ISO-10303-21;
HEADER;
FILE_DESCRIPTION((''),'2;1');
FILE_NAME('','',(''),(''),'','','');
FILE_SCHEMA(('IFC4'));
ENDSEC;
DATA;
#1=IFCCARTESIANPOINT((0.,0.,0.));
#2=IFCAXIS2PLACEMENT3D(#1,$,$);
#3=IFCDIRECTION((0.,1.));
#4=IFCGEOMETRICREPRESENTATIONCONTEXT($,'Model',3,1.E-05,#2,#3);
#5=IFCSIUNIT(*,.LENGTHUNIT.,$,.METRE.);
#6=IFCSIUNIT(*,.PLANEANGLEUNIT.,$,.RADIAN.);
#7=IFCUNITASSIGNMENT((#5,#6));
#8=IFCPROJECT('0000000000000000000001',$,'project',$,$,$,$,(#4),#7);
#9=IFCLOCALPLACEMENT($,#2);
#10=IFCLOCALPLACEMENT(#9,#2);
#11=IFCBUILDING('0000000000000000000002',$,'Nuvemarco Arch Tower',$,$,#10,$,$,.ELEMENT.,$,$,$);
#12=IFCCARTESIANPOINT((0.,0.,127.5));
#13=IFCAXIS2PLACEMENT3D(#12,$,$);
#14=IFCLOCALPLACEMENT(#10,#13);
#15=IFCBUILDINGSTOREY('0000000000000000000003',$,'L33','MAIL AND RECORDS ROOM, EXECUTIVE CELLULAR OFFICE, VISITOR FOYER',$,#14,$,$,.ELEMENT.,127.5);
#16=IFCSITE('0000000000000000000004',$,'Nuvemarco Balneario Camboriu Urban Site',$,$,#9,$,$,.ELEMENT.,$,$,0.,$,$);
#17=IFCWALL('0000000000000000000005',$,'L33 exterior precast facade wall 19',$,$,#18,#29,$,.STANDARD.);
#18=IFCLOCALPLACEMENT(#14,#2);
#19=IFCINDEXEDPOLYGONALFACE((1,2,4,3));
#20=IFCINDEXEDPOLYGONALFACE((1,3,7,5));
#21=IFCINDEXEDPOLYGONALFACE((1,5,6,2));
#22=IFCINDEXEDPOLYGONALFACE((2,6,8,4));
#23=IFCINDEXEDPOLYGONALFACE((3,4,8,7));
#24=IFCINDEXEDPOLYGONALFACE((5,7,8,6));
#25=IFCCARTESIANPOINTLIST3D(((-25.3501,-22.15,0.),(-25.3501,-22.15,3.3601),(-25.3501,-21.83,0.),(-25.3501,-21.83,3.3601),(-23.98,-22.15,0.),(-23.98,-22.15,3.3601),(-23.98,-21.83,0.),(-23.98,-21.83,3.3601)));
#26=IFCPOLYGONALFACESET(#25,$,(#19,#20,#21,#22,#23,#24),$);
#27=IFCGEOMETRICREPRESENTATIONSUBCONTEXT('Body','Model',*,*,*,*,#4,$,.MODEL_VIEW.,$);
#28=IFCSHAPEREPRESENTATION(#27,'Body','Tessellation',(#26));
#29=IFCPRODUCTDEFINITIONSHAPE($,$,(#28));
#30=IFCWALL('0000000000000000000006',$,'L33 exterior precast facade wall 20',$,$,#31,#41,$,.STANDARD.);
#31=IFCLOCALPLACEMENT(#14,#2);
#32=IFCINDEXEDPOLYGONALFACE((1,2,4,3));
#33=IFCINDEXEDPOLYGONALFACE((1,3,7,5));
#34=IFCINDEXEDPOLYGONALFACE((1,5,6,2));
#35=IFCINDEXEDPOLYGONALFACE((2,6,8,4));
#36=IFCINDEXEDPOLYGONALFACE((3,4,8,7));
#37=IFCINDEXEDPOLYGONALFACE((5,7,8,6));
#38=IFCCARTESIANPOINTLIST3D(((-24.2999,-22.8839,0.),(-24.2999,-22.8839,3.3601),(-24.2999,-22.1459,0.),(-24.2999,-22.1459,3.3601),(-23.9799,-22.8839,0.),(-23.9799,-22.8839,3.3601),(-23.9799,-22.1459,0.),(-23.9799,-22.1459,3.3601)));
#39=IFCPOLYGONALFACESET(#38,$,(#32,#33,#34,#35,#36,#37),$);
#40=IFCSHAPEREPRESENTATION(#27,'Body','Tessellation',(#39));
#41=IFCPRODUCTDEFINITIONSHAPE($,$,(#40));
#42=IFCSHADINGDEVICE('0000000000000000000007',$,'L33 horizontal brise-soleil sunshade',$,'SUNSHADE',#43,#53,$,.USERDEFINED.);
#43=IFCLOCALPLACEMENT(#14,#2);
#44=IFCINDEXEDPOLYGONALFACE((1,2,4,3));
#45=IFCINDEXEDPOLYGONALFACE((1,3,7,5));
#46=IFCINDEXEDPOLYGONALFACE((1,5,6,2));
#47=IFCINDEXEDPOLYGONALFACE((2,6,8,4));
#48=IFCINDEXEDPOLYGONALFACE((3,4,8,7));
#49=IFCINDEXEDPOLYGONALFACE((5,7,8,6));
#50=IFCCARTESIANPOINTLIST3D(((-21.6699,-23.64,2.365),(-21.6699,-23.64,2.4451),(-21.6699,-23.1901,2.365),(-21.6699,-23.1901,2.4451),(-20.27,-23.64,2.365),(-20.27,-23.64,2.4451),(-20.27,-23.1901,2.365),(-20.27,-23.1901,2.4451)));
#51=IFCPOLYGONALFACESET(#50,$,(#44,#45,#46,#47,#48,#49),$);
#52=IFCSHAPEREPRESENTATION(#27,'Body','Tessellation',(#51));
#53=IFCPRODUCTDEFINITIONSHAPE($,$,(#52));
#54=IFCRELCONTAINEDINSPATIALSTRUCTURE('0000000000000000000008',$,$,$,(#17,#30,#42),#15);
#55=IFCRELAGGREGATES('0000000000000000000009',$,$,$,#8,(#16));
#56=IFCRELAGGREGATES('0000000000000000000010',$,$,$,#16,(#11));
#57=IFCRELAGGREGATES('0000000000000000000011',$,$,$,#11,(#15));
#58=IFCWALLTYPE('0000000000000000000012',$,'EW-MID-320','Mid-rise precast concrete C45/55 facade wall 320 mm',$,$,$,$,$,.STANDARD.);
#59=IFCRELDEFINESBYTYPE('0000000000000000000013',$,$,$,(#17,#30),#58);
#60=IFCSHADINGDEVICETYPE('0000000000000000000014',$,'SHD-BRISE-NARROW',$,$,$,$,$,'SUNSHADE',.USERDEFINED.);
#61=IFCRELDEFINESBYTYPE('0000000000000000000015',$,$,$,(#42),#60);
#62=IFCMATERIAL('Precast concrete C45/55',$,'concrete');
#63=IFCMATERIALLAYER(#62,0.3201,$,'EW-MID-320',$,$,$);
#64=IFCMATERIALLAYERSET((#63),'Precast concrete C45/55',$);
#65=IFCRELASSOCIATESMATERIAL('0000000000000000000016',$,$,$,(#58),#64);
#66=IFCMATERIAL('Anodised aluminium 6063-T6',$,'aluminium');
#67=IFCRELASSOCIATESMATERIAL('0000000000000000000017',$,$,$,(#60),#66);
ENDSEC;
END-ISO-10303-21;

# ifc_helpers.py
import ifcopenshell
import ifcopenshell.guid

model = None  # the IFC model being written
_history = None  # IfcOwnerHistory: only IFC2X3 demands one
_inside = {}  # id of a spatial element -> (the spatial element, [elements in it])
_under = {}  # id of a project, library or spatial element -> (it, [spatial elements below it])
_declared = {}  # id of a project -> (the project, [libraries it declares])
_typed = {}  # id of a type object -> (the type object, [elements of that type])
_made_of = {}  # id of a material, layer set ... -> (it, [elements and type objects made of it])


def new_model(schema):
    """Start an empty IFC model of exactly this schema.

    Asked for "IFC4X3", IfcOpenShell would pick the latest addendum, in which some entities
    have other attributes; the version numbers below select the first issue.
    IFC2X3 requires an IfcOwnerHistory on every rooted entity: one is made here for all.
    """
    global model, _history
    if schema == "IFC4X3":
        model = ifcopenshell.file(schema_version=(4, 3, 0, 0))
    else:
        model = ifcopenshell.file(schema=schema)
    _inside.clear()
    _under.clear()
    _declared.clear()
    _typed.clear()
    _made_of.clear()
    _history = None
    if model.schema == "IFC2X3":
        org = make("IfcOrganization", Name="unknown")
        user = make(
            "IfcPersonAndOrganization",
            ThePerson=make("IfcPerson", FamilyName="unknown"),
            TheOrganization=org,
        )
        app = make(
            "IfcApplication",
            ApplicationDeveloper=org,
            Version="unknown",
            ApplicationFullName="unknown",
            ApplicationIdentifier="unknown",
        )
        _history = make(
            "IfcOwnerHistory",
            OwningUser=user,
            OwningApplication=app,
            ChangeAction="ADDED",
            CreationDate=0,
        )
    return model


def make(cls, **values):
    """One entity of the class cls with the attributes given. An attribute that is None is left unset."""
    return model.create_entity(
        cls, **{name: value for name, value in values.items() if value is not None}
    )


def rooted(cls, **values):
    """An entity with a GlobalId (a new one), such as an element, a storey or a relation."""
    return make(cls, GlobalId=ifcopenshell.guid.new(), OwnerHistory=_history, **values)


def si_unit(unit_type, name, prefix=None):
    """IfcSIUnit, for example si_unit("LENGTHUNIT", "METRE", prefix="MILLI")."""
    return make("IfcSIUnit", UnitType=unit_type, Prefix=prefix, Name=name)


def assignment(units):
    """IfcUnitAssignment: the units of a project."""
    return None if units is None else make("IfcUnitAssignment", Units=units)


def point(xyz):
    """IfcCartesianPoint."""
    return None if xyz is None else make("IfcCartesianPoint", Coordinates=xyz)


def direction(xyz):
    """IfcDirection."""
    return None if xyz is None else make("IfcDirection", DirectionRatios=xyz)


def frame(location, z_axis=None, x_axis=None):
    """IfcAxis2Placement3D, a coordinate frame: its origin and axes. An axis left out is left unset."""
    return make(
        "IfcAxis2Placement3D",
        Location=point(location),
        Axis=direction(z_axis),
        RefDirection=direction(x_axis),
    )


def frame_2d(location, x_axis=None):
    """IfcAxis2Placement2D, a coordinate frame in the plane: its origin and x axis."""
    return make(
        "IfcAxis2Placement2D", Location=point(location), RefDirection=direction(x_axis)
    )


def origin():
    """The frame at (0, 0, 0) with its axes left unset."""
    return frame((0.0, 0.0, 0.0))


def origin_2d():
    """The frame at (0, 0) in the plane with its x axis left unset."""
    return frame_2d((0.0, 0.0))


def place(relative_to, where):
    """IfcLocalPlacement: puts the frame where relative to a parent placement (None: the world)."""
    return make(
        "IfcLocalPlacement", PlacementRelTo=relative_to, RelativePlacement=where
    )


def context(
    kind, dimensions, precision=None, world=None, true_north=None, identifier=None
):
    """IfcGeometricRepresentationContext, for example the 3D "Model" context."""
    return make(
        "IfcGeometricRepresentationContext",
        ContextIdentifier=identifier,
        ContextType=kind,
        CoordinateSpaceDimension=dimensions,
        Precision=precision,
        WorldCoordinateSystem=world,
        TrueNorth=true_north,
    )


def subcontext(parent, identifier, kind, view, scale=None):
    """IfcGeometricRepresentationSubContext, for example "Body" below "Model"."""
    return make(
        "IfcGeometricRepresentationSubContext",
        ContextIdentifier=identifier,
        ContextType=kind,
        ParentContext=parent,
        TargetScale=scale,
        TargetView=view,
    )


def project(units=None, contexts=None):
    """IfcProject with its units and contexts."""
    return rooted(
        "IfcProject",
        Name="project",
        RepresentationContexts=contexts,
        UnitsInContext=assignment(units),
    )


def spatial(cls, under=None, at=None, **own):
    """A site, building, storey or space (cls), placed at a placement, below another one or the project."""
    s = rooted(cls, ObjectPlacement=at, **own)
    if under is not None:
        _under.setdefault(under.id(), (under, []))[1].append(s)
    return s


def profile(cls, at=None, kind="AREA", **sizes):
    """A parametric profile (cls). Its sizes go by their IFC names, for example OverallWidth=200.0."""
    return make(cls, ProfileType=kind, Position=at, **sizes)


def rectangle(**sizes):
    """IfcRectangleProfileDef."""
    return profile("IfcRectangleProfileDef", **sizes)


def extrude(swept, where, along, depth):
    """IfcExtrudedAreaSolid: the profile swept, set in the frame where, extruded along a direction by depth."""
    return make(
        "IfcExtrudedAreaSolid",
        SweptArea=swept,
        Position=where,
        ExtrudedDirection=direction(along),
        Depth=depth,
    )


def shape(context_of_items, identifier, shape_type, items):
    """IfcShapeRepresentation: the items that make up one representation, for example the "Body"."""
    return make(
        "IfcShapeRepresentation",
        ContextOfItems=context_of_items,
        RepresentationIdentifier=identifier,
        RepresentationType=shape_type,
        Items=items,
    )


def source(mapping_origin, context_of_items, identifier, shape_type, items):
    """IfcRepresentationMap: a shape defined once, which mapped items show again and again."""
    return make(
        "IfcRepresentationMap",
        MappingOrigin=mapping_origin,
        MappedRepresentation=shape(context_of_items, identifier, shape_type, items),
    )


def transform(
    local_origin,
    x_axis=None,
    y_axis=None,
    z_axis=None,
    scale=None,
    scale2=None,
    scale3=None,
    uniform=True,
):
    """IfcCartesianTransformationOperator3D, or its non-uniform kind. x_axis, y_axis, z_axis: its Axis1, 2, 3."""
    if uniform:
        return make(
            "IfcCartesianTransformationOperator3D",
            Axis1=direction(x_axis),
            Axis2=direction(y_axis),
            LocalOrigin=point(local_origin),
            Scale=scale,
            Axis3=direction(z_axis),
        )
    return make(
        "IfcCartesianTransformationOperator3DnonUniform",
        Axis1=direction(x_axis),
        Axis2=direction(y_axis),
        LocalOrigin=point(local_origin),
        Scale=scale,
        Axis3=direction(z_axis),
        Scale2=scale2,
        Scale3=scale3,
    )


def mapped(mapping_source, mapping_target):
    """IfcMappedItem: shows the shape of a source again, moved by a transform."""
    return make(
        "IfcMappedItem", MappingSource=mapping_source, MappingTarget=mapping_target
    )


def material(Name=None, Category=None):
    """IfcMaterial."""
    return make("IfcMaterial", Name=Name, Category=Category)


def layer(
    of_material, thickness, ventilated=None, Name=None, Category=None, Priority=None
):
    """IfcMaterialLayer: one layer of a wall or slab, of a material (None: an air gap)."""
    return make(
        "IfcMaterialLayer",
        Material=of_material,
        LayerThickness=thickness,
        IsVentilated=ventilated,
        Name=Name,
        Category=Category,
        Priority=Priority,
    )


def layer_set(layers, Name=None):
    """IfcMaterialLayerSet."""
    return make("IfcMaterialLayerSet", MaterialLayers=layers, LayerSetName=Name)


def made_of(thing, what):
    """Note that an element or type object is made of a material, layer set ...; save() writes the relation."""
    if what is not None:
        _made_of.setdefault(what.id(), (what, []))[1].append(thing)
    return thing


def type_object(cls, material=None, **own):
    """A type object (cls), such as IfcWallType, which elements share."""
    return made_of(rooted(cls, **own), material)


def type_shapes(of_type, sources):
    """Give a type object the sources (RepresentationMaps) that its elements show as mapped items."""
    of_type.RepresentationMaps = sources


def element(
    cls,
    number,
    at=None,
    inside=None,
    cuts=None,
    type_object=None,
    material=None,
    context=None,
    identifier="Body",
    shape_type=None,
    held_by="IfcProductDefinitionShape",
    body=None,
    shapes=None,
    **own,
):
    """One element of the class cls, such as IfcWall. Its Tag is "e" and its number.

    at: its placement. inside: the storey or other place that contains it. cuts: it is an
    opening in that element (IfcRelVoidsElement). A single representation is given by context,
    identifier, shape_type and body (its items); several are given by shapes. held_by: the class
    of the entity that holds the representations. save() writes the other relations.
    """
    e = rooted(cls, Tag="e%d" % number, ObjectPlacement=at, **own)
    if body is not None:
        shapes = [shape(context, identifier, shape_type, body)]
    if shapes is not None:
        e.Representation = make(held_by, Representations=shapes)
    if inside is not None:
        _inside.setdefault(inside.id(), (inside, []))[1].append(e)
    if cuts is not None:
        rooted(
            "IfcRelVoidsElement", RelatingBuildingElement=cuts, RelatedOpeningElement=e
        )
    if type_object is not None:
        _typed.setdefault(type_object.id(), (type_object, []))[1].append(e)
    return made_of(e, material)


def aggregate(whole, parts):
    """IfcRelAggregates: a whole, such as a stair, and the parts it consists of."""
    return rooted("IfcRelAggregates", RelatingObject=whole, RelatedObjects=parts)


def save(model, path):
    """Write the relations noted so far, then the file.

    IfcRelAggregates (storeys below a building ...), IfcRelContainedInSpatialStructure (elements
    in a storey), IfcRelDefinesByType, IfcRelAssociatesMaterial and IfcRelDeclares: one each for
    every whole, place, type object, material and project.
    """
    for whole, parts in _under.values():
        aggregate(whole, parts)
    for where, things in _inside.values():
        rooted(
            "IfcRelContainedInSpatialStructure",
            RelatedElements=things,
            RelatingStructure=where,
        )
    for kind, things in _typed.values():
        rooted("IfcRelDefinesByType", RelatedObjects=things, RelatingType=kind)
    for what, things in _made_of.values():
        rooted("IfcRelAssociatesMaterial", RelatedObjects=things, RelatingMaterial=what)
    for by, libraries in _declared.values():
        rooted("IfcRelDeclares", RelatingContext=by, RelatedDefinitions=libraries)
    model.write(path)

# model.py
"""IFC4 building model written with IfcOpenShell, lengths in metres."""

from ifc_helpers import new_model, si_unit, direction, frame, frame_2d, origin, origin_2d, place, context, subcontext, project, spatial, rectangle, extrude, source, transform, mapped, material, layer, layer_set, type_object, type_shapes, element, save


model = new_model("IFC4")

# Units and contexts
model_context = context("Model", 3, precision=1e-05, world=origin(), true_north=direction((0.0, 1.0)))
body_context = subcontext(model_context, "Body", "Model", "MODEL_VIEW")
ifc_project = project(units=[si_unit("LENGTHUNIT", "METRE"), si_unit("PLANEANGLEUNIT", "RADIAN")], contexts=[model_context])

# Site, building, storey
site_placement = place(None, origin())
site = spatial("IfcSite", under=ifc_project, at=site_placement, Name="Nuvemarco Balneario Camboriu Urban Site", CompositionType="ELEMENT", RefElevation=0.0)
building_placement = place(site_placement, origin())
building = spatial("IfcBuilding", under=site, at=building_placement, Name="Nuvemarco Arch Tower", CompositionType="ELEMENT")
storey_placement = place(building_placement, frame((0.0, 0.0, 127.5)))
storey = spatial("IfcBuildingStorey", under=building, at=storey_placement, Name="L33", Description="MAIL AND RECORDS ROOM, EXECUTIVE CELLULAR OFFICE, VISITOR FOYER", CompositionType="ELEMENT", Elevation=127.5)

# Shared definitions
ifc_material_1 = material(Name="Precast concrete C45/55", Category="concrete")
ifc_layer = layer(ifc_material_1, 0.3201, Name="EW-MID-320")
ifc_layer_set = layer_set([ifc_layer], Name="Precast concrete C45/55")
wall_type = type_object("IfcWallType", Name="EW-MID-320", Description="Mid-rise precast concrete C45/55 facade wall 320 mm", PredefinedType="STANDARD", material=ifc_layer_set)

# Walls
wall_1_placement = place(storey_placement, frame((-25.3501, -21.99, 0.0), z_axis=(0.0, 0.0, 1.0), x_axis=(1.0, 0.0, 0.0)))
element("IfcWall", 1, at=wall_1_placement, inside=storey, type_object=wall_type, Name="L33 exterior precast facade wall 19", PredefinedType="STANDARD", context=body_context, shape_type="SweptSolid", body=[
    extrude(rectangle(XDim=1.3701, YDim=0.3201, at=frame_2d((0.6851, 0.0))), origin(), (0.0, 0.0, 1.0), 3.3601),
])
wall_2_placement = place(storey_placement, frame((-24.1399, -22.884, 0.0), z_axis=(0.0, 0.0, 1.0), x_axis=(0.0, 1.0, 0.0)))
element("IfcWall", 2, at=wall_2_placement, inside=storey, type_object=wall_type, Name="L33 exterior precast facade wall 20", PredefinedType="STANDARD", context=body_context, shape_type="SweptSolid", body=[
    extrude(rectangle(XDim=0.738, YDim=0.3201, at=frame_2d((0.3691, 0.0))), origin(), (0.0, 0.0, 1.0), 3.3601),
])

# Shading device
ifc_material_2 = material(Name="Anodised aluminium 6063-T6", Category="aluminium")
shading_device_type = type_object("IfcShadingDeviceType", Name="SHD-BRISE-NARROW", ElementType="SUNSHADE", PredefinedType="USERDEFINED", material=ifc_material_2)
shared_shape_1 = source(origin(), body_context, "Body", "SweptSolid", [
    extrude(rectangle(XDim=1.3999, YDim=0.45, at=origin_2d()), origin(), (0.0, 0.0, 1.0), 0.0801),
])
type_shapes(shading_device_type, [shared_shape_1])
shading_device_placement = place(storey_placement, frame((-20.97, -23.415, 2.365), z_axis=(0.0, 0.0, 1.0), x_axis=(1.0, 0.0, 0.0)))
element("IfcShadingDevice", 3, at=shading_device_placement, inside=storey, type_object=shading_device_type, Name="L33 horizontal brise-soleil sunshade", ObjectType="SUNSHADE", PredefinedType="USERDEFINED", context=body_context, shape_type="MappedRepresentation", body=[
    mapped(shared_shape_1, transform((0.0, 0.0, 0.0), scale=1.0)),
])

save(model, "model.ifc")
